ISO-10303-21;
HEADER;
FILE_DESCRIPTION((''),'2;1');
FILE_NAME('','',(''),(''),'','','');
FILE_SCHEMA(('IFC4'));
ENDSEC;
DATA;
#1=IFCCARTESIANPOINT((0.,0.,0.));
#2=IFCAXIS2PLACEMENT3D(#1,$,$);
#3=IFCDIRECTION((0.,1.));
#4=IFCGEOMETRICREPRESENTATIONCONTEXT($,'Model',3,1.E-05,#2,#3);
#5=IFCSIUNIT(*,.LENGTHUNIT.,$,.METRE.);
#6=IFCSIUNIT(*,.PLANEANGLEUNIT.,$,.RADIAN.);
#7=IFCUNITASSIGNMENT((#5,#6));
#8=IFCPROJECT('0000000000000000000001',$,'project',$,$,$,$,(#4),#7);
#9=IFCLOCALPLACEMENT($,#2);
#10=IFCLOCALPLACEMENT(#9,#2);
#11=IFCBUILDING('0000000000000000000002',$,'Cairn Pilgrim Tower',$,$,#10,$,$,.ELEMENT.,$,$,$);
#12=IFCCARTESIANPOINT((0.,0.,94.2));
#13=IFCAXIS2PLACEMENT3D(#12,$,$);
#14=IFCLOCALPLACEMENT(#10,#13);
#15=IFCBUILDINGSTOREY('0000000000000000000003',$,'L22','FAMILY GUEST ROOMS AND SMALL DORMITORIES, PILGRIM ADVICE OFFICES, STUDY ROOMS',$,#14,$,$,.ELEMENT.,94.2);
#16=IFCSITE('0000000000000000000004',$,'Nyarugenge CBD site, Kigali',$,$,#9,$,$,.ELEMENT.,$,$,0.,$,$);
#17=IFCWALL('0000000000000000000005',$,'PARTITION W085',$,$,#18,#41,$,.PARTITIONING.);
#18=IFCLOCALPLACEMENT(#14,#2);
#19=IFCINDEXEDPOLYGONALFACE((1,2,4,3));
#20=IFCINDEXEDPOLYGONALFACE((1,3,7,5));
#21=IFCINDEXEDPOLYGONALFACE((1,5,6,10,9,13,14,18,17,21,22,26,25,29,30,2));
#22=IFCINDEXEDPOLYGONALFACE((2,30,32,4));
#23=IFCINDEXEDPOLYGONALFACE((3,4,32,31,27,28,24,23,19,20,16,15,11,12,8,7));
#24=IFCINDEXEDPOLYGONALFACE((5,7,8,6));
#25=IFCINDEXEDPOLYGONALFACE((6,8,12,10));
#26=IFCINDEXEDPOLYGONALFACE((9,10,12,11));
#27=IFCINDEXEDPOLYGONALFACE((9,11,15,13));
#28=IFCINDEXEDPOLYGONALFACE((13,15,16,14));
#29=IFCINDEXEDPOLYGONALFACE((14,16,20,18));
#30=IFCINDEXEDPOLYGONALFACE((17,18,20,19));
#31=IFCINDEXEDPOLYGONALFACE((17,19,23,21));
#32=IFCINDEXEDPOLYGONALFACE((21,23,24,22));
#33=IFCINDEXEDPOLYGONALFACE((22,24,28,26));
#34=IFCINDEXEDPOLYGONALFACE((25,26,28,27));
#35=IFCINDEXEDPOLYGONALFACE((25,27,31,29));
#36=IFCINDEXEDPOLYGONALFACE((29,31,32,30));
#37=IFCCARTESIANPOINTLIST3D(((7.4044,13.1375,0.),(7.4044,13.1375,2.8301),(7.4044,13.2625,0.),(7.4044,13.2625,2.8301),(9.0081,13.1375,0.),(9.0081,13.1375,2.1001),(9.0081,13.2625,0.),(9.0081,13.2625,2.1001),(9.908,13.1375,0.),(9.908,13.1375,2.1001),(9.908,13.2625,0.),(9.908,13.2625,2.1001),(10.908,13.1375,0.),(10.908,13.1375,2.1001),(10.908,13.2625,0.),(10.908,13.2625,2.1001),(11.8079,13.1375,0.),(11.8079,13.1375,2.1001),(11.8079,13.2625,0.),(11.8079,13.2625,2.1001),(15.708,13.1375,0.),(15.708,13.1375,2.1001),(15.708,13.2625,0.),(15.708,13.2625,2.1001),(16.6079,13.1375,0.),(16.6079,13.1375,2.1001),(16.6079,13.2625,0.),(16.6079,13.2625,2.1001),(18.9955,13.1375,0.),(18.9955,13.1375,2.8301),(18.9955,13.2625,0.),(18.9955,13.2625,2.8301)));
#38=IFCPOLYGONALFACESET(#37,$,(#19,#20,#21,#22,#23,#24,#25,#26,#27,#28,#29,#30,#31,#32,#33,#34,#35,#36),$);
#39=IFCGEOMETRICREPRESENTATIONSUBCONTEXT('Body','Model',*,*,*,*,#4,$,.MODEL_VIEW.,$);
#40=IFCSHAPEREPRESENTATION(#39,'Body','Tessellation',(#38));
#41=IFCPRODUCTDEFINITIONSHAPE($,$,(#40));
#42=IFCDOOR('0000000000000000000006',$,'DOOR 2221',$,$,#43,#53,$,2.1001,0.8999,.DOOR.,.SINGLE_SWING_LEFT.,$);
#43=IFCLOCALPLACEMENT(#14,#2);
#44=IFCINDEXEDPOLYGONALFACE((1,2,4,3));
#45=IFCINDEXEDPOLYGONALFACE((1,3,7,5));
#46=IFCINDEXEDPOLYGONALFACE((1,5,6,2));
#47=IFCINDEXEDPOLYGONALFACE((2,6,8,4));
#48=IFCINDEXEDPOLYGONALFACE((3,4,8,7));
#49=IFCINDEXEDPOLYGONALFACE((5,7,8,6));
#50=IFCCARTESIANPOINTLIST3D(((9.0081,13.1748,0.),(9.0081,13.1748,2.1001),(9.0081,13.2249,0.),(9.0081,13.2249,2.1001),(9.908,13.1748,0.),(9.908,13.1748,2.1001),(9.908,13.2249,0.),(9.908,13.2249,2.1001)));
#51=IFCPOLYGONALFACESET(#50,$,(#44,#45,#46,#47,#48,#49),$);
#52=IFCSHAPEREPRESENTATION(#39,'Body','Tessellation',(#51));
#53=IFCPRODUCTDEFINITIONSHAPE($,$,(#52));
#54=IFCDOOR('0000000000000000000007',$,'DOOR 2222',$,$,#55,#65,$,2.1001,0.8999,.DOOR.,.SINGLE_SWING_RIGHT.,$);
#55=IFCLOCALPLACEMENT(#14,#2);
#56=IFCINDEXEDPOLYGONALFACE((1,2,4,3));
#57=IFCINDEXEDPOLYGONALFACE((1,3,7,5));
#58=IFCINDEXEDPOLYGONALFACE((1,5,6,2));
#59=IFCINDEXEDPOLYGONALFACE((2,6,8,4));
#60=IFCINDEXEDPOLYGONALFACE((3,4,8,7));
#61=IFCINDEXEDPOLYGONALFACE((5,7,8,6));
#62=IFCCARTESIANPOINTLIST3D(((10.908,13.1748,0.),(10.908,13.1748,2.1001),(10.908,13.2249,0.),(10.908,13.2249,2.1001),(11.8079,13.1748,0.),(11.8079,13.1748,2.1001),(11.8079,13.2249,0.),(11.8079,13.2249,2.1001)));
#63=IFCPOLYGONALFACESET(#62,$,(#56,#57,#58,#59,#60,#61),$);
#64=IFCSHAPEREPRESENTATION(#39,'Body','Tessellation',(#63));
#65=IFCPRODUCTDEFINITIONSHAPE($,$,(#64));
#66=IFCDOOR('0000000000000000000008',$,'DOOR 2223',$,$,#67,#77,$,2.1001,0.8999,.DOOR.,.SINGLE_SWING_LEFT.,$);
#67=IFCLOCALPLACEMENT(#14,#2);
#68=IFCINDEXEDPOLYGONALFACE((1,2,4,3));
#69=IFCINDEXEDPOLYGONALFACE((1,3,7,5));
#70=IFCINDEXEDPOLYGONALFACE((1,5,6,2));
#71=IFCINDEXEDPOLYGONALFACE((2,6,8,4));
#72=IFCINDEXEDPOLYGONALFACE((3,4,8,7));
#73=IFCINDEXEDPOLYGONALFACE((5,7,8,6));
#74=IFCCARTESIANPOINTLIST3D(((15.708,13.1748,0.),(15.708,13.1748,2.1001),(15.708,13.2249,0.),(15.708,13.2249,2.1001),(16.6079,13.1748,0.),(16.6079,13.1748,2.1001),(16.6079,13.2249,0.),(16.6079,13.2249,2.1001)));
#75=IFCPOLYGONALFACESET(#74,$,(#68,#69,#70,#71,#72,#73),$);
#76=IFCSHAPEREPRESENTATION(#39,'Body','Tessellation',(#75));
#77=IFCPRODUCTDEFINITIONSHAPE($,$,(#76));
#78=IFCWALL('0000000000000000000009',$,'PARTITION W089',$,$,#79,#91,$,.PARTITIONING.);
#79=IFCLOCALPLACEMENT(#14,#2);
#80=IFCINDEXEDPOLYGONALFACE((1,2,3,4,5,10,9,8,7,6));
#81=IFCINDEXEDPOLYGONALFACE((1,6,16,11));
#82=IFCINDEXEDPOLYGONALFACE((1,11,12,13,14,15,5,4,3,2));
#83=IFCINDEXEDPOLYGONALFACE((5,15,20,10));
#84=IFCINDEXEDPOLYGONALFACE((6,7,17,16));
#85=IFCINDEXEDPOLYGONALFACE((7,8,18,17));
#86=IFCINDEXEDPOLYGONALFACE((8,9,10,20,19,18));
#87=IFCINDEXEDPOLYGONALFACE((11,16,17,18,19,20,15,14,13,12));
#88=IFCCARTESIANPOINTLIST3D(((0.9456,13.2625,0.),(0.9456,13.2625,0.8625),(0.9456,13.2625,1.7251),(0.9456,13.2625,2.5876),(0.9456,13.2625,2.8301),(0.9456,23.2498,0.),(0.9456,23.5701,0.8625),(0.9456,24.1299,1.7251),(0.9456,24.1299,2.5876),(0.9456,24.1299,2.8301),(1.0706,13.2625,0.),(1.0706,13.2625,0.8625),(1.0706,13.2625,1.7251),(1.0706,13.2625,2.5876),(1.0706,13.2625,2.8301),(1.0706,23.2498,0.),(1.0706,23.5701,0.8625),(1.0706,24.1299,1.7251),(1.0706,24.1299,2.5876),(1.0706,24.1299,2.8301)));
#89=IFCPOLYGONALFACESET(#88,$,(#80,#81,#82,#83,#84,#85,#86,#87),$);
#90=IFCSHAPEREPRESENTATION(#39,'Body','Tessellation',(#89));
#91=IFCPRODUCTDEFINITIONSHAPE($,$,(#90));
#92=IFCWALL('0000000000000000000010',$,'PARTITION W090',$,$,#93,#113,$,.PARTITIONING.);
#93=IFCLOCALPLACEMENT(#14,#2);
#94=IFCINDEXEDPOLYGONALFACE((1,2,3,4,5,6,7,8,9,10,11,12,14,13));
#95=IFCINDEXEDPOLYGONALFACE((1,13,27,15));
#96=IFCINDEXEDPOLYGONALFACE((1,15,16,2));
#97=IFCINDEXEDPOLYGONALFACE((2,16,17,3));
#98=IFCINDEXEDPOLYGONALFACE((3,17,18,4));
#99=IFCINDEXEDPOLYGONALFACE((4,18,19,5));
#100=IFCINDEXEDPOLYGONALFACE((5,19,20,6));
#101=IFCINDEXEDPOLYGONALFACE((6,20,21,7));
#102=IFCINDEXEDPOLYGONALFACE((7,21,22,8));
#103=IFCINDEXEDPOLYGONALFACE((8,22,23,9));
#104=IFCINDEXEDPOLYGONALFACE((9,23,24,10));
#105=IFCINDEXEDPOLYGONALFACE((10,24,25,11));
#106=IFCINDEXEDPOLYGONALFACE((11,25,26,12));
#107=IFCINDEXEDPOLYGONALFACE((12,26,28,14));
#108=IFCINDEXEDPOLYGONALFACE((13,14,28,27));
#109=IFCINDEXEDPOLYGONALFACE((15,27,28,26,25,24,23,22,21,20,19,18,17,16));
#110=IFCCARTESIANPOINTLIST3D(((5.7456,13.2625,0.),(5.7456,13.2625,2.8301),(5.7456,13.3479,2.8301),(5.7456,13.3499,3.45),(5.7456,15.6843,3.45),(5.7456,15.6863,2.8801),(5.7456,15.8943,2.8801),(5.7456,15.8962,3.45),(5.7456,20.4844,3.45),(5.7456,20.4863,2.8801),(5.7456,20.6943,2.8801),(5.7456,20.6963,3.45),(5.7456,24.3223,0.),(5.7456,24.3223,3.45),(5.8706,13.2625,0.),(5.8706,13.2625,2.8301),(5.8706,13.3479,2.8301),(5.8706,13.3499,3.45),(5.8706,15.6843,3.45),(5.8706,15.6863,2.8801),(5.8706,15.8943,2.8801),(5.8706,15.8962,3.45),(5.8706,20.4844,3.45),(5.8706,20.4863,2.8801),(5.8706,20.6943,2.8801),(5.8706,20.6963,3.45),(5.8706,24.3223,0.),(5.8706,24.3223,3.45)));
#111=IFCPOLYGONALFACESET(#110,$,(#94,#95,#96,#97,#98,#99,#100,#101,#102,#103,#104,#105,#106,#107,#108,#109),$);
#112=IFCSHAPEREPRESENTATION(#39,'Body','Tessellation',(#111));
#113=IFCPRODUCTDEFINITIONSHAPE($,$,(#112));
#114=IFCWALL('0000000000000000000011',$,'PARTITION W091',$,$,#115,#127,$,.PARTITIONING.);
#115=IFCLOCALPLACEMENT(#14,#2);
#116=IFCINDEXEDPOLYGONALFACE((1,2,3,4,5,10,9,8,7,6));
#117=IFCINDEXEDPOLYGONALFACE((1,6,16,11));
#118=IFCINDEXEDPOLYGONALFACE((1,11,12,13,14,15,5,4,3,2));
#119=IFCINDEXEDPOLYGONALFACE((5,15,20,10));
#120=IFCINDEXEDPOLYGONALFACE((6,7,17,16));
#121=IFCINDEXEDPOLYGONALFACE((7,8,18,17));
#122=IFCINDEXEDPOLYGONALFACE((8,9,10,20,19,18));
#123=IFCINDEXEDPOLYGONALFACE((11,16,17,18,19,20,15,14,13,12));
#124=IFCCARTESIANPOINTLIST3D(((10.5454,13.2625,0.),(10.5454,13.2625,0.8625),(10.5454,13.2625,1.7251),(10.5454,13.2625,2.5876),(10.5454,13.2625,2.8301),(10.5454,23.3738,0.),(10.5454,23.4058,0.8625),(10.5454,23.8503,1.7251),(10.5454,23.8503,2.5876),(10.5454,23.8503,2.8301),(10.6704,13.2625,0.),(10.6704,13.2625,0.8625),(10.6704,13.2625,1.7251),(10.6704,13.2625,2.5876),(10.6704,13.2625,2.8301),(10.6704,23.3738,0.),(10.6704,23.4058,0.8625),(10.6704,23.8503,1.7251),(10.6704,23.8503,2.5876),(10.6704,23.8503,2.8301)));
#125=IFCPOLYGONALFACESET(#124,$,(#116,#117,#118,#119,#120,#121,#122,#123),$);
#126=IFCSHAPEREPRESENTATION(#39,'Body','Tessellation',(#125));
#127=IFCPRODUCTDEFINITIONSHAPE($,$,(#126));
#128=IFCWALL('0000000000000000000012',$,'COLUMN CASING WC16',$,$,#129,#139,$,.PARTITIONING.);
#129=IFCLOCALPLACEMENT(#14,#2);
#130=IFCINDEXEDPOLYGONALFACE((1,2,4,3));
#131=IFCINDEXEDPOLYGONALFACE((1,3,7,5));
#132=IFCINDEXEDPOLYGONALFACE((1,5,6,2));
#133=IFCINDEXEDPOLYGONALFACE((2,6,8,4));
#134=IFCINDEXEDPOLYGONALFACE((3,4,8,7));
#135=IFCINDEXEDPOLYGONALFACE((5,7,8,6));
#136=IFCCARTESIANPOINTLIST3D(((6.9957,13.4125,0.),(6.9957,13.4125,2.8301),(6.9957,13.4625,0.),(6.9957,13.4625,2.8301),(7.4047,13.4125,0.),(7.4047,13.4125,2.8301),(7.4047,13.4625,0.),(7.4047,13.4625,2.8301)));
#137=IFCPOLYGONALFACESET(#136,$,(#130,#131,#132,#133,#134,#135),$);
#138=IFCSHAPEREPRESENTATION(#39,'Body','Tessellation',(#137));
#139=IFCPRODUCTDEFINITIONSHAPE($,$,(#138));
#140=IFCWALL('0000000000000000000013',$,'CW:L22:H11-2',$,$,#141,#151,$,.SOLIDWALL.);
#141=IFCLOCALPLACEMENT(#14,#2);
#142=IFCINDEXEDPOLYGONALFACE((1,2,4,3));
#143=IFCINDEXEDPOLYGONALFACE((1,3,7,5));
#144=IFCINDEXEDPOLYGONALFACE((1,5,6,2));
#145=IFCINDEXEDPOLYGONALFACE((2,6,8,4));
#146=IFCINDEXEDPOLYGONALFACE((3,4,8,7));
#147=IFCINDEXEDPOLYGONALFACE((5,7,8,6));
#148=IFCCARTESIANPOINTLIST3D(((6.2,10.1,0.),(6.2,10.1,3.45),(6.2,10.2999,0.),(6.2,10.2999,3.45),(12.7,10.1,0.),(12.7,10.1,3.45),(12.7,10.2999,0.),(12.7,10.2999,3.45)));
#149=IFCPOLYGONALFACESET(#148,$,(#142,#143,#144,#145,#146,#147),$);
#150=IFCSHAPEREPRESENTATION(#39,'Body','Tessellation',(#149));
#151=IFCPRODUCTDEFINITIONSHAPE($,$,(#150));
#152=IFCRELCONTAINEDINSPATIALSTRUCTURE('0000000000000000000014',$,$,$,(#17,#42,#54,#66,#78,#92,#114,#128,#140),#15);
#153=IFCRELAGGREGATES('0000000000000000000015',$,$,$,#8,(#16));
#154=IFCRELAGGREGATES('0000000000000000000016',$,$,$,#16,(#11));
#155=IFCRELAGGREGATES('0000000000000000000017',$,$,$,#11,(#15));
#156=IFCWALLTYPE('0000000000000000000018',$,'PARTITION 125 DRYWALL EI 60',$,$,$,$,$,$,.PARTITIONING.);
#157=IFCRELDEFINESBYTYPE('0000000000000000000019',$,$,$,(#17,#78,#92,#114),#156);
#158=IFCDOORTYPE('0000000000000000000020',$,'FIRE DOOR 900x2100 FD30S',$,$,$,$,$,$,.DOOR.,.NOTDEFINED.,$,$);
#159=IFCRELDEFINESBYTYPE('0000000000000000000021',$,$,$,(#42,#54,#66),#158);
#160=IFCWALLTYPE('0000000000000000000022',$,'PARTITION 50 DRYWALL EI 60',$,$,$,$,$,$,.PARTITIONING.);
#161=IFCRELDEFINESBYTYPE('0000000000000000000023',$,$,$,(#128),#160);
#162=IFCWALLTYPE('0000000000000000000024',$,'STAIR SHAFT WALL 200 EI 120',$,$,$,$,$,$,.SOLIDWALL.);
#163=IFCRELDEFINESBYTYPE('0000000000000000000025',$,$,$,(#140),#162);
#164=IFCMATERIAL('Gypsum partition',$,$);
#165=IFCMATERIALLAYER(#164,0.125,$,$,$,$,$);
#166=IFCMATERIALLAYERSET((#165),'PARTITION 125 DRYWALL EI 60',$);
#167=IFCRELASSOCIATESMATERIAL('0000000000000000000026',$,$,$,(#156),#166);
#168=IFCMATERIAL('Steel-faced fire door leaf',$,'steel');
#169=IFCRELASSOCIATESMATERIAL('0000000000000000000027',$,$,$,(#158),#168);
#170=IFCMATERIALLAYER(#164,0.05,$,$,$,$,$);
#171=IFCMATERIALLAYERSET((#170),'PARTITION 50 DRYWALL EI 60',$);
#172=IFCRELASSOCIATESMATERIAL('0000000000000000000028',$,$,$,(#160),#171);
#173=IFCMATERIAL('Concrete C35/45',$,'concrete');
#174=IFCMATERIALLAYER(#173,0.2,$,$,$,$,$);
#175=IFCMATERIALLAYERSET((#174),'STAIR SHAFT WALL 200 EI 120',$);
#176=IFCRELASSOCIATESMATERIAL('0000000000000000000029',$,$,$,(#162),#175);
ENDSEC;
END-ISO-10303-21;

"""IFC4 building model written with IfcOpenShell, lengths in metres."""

from ifc_helpers import new_model, si_unit, direction, frame, frame_2d, origin, place, context, subcontext, project, spatial, polyline, rectangle, outline, extrude, material, layer, layer_set, type_object, element, fill, save


model = new_model("IFC4")

# Units and contexts
model_context = context("Model", 3, precision=1e-05, world=origin(), true_north=direction((0.0, 1.0)))
body_context = subcontext(model_context, "Body", "Model", "MODEL_VIEW")
ifc_project = project(units=[si_unit("LENGTHUNIT", "METRE"), si_unit("PLANEANGLEUNIT", "RADIAN")], contexts=[model_context])

# Site, building, storey
site_placement = place(None, origin())
site = spatial("IfcSite", under=ifc_project, at=site_placement, Name="Nyarugenge CBD site, Kigali", CompositionType="ELEMENT", RefElevation=0.0)
building_placement = place(site_placement, origin())
building = spatial("IfcBuilding", under=site, at=building_placement, Name="Cairn Pilgrim Tower", CompositionType="ELEMENT")
storey_placement = place(building_placement, frame((0.0, 0.0, 94.2)))
storey = spatial("IfcBuildingStorey", under=building, at=storey_placement, Name="L22", Description="FAMILY GUEST ROOMS AND SMALL DORMITORIES, PILGRIM ADVICE OFFICES, STUDY ROOMS", CompositionType="ELEMENT", Elevation=94.2)

# Wall, openings, doors
ifc_material_1 = material(Name="Gypsum partition")
ifc_layer_1 = layer(ifc_material_1, 0.125)
ifc_layer_set_1 = layer_set([ifc_layer_1], Name="PARTITION 125 DRYWALL EI 60")
wall_type_1 = type_object("IfcWallType", Name="PARTITION 125 DRYWALL EI 60", PredefinedType="PARTITIONING", material=ifc_layer_set_1)
wall_1_placement = place(storey_placement, frame((7.4045, 13.2, 0.0), z_axis=(0.0, 0.0, 1.0), x_axis=(1.0, 0.0, 0.0)))
wall_1 = element("IfcWall", 1, at=wall_1_placement, inside=storey, type_object=wall_type_1, Name="PARTITION W085", PredefinedType="PARTITIONING", context=body_context, shape_type="SweptSolid", body=[
    extrude(rectangle(XDim=11.5911, YDim=0.125, at=frame_2d((5.7954, 0.0))), origin(), (0.0, 0.0, 1.0), 2.8301),
])
opening_1_placement = place(wall_1_placement, frame((1.6035, 0.0, 0.0)))
opening_1 = element("IfcOpeningElement", 2, at=opening_1_placement, cuts=wall_1, PredefinedType="OPENING", context=body_context, shape_type="SweptSolid", body=[
    extrude(rectangle(XDim=0.8999, YDim=2.1001, at=frame_2d((0.45, 1.05))), frame((0.0, 0.0725, 0.0), z_axis=(0.0, -1.0, 0.0), x_axis=(1.0, 0.0, 0.0)), (0.0, 0.0, 1.0), 0.145),
])
opening_2_placement = place(wall_1_placement, frame((3.5034, 0.0, 0.0)))
opening_2 = element("IfcOpeningElement", 3, at=opening_2_placement, cuts=wall_1, PredefinedType="OPENING", context=body_context, shape_type="SweptSolid", body=[
    extrude(rectangle(XDim=0.8999, YDim=2.1001, at=frame_2d((0.45, 1.05))), frame((0.0, 0.0725, 0.0), z_axis=(0.0, -1.0, 0.0), x_axis=(1.0, 0.0, 0.0)), (0.0, 0.0, 1.0), 0.145),
])
opening_3_placement = place(wall_1_placement, frame((8.3035, 0.0, 0.0)))
opening_3 = element("IfcOpeningElement", 4, at=opening_3_placement, cuts=wall_1, PredefinedType="OPENING", context=body_context, shape_type="SweptSolid", body=[
    extrude(rectangle(XDim=0.8999, YDim=2.1001, at=frame_2d((0.45, 1.05))), frame((0.0, 0.0725, 0.0), z_axis=(0.0, -1.0, 0.0), x_axis=(1.0, 0.0, 0.0)), (0.0, 0.0, 1.0), 0.145),
])
ifc_material_2 = material(Name="Steel-faced fire door leaf", Category="steel")
door_type_1 = type_object("IfcDoorType", Name="FIRE DOOR 900x2100 FD30S", OperationType="NOTDEFINED", PredefinedType="DOOR", material=ifc_material_2)
door_1_placement = place(opening_1_placement, origin())
door_1 = element("IfcDoor", 5, at=door_1_placement, inside=storey, type_object=door_type_1, Name="DOOR 2221", OperationType="SINGLE_SWING_LEFT", OverallHeight=2.1001, OverallWidth=0.8999, PredefinedType="DOOR", context=body_context, shape_type="SweptSolid", body=[
    extrude(rectangle(XDim=0.8999, YDim=2.1001, at=frame_2d((0.45, 1.05))), frame((0.0, 0.0249, 0.0), z_axis=(0.0, -1.0, 0.0), x_axis=(1.0, 0.0, 0.0)), (0.0, 0.0, 1.0), 0.05),
])
fill(opening_1, door_1)
door_2_placement = place(opening_2_placement, origin())
door_2 = element("IfcDoor", 6, at=door_2_placement, inside=storey, type_object=door_type_1, Name="DOOR 2222", OperationType="SINGLE_SWING_RIGHT", OverallHeight=2.1001, OverallWidth=0.8999, PredefinedType="DOOR", context=body_context, shape_type="SweptSolid", body=[
    extrude(rectangle(XDim=0.8999, YDim=2.1001, at=frame_2d((0.45, 1.05))), frame((0.0, 0.0249, 0.0), z_axis=(0.0, -1.0, 0.0), x_axis=(1.0, 0.0, 0.0)), (0.0, 0.0, 1.0), 0.05),
])
fill(opening_2, door_2)
door_3_placement = place(opening_3_placement, origin())
door_3 = element("IfcDoor", 7, at=door_3_placement, inside=storey, type_object=door_type_1, Name="DOOR 2223", OperationType="SINGLE_SWING_LEFT", OverallHeight=2.1001, OverallWidth=0.8999, PredefinedType="DOOR", context=body_context, shape_type="SweptSolid", body=[
    extrude(rectangle(XDim=0.8999, YDim=2.1001, at=frame_2d((0.45, 1.05))), frame((0.0, 0.0249, 0.0), z_axis=(0.0, -1.0, 0.0), x_axis=(1.0, 0.0, 0.0)), (0.0, 0.0, 1.0), 0.05),
])
fill(opening_3, door_3)

# Walls
wall_2_placement = place(storey_placement, frame((1.0081, 13.2625, 0.0), z_axis=(0.0, 0.0, 1.0), x_axis=(0.0, 1.0, 0.0)))
element("IfcWall", 8, at=wall_2_placement, inside=storey, type_object=wall_type_1, Name="PARTITION W089", PredefinedType="PARTITIONING", context=body_context, shape_type="SweptSolid", body=[
    extrude(outline(polyline([(0.0, 0.0), (9.9873, 0.0), (10.3076, 0.8625), (10.8674, 1.7251), (10.8674, 2.5876), (10.8674, 2.8301), (0.0, 2.8301), (0.0, 2.5876), (0.0, 1.7251), (0.0, 0.8625), (0.0, 0.0)])), frame((0.0, 0.0625, 0.0), z_axis=(0.0, -1.0, 0.0), x_axis=(1.0, 0.0, 0.0)), (0.0, 0.0, 1.0), 0.125),
])
wall_3_placement = place(storey_placement, frame((5.8081, 13.2625, 0.0), z_axis=(0.0, 0.0, 1.0), x_axis=(0.0, 1.0, 0.0)))
element("IfcWall", 9, at=wall_3_placement, inside=storey, type_object=wall_type_1, Name="PARTITION W090", PredefinedType="PARTITIONING", context=body_context, shape_type="SweptSolid", body=[
    extrude(outline(polyline([(0.0, 0.0), (11.0598, 0.0), (11.0598, 3.45), (7.4338, 3.45), (7.4319, 2.8801), (7.2239, 2.8801), (7.2219, 3.45), (2.6338, 3.45), (2.6318, 2.8801), (2.4238, 2.8801), (2.4219, 3.45), (0.0874, 3.45), (0.0854, 2.8301), (0.0, 2.8301), (0.0, 0.0)])), frame((0.0, 0.0625, 0.0), z_axis=(0.0, -1.0, 0.0), x_axis=(1.0, 0.0, 0.0)), (0.0, 0.0, 1.0), 0.125),
])
wall_4_placement = place(storey_placement, frame((10.6079, 13.2625, 0.0), z_axis=(0.0, 0.0, 1.0), x_axis=(0.0, 1.0, 0.0)))
element("IfcWall", 10, at=wall_4_placement, inside=storey, type_object=wall_type_1, Name="PARTITION W091", PredefinedType="PARTITIONING", context=body_context, shape_type="SweptSolid", body=[
    extrude(outline(polyline([(0.0, 0.0), (10.1113, 0.0), (10.1433, 0.8625), (10.5879, 1.7251), (10.5879, 2.5876), (10.5879, 2.8301), (0.0, 2.8301), (0.0, 2.5876), (0.0, 1.7251), (0.0, 0.8625), (0.0, 0.0)])), frame((0.0, 0.0625, 0.0), z_axis=(0.0, -1.0, 0.0), x_axis=(1.0, 0.0, 0.0)), (0.0, 0.0, 1.0), 0.125),
])
ifc_layer_2 = layer(ifc_material_1, 0.05)
ifc_layer_set_2 = layer_set([ifc_layer_2], Name="PARTITION 50 DRYWALL EI 60")
wall_type_2 = type_object("IfcWallType", Name="PARTITION 50 DRYWALL EI 60", PredefinedType="PARTITIONING", material=ifc_layer_set_2)
wall_5_placement = place(storey_placement, frame((6.9956, 13.4375, 0.0), z_axis=(0.0, 0.0, 1.0), x_axis=(1.0, 0.0, 0.0)))
element("IfcWall", 11, at=wall_5_placement, inside=storey, type_object=wall_type_2, Name="COLUMN CASING WC16", PredefinedType="PARTITIONING", context=body_context, shape_type="SweptSolid", body=[
    extrude(rectangle(XDim=0.4089, YDim=0.05, at=frame_2d((0.2046, 0.0))), origin(), (0.0, 0.0, 1.0), 2.8301),
])
ifc_material_3 = material(Name="Concrete C35/45", Category="concrete")
ifc_layer_3 = layer(ifc_material_3, 0.2)
ifc_layer_set_3 = layer_set([ifc_layer_3], Name="STAIR SHAFT WALL 200 EI 120")
wall_type_3 = type_object("IfcWallType", Name="STAIR SHAFT WALL 200 EI 120", PredefinedType="SOLIDWALL", material=ifc_layer_set_3)
wall_6_placement = place(storey_placement, frame((6.2, 10.2, 0.0), z_axis=(0.0, 0.0, 1.0), x_axis=(1.0, 0.0, 0.0)))
element("IfcWall", 12, at=wall_6_placement, inside=storey, type_object=wall_type_3, Name="CW:L22:H11-2", PredefinedType="SOLIDWALL", context=body_context, shape_type="SweptSolid", body=[
    extrude(rectangle(XDim=6.5, YDim=0.2, at=frame_2d((3.25, 0.0))), origin(), (0.0, 0.0, 1.0), 3.45),
])

save(model, "model.ifc")
